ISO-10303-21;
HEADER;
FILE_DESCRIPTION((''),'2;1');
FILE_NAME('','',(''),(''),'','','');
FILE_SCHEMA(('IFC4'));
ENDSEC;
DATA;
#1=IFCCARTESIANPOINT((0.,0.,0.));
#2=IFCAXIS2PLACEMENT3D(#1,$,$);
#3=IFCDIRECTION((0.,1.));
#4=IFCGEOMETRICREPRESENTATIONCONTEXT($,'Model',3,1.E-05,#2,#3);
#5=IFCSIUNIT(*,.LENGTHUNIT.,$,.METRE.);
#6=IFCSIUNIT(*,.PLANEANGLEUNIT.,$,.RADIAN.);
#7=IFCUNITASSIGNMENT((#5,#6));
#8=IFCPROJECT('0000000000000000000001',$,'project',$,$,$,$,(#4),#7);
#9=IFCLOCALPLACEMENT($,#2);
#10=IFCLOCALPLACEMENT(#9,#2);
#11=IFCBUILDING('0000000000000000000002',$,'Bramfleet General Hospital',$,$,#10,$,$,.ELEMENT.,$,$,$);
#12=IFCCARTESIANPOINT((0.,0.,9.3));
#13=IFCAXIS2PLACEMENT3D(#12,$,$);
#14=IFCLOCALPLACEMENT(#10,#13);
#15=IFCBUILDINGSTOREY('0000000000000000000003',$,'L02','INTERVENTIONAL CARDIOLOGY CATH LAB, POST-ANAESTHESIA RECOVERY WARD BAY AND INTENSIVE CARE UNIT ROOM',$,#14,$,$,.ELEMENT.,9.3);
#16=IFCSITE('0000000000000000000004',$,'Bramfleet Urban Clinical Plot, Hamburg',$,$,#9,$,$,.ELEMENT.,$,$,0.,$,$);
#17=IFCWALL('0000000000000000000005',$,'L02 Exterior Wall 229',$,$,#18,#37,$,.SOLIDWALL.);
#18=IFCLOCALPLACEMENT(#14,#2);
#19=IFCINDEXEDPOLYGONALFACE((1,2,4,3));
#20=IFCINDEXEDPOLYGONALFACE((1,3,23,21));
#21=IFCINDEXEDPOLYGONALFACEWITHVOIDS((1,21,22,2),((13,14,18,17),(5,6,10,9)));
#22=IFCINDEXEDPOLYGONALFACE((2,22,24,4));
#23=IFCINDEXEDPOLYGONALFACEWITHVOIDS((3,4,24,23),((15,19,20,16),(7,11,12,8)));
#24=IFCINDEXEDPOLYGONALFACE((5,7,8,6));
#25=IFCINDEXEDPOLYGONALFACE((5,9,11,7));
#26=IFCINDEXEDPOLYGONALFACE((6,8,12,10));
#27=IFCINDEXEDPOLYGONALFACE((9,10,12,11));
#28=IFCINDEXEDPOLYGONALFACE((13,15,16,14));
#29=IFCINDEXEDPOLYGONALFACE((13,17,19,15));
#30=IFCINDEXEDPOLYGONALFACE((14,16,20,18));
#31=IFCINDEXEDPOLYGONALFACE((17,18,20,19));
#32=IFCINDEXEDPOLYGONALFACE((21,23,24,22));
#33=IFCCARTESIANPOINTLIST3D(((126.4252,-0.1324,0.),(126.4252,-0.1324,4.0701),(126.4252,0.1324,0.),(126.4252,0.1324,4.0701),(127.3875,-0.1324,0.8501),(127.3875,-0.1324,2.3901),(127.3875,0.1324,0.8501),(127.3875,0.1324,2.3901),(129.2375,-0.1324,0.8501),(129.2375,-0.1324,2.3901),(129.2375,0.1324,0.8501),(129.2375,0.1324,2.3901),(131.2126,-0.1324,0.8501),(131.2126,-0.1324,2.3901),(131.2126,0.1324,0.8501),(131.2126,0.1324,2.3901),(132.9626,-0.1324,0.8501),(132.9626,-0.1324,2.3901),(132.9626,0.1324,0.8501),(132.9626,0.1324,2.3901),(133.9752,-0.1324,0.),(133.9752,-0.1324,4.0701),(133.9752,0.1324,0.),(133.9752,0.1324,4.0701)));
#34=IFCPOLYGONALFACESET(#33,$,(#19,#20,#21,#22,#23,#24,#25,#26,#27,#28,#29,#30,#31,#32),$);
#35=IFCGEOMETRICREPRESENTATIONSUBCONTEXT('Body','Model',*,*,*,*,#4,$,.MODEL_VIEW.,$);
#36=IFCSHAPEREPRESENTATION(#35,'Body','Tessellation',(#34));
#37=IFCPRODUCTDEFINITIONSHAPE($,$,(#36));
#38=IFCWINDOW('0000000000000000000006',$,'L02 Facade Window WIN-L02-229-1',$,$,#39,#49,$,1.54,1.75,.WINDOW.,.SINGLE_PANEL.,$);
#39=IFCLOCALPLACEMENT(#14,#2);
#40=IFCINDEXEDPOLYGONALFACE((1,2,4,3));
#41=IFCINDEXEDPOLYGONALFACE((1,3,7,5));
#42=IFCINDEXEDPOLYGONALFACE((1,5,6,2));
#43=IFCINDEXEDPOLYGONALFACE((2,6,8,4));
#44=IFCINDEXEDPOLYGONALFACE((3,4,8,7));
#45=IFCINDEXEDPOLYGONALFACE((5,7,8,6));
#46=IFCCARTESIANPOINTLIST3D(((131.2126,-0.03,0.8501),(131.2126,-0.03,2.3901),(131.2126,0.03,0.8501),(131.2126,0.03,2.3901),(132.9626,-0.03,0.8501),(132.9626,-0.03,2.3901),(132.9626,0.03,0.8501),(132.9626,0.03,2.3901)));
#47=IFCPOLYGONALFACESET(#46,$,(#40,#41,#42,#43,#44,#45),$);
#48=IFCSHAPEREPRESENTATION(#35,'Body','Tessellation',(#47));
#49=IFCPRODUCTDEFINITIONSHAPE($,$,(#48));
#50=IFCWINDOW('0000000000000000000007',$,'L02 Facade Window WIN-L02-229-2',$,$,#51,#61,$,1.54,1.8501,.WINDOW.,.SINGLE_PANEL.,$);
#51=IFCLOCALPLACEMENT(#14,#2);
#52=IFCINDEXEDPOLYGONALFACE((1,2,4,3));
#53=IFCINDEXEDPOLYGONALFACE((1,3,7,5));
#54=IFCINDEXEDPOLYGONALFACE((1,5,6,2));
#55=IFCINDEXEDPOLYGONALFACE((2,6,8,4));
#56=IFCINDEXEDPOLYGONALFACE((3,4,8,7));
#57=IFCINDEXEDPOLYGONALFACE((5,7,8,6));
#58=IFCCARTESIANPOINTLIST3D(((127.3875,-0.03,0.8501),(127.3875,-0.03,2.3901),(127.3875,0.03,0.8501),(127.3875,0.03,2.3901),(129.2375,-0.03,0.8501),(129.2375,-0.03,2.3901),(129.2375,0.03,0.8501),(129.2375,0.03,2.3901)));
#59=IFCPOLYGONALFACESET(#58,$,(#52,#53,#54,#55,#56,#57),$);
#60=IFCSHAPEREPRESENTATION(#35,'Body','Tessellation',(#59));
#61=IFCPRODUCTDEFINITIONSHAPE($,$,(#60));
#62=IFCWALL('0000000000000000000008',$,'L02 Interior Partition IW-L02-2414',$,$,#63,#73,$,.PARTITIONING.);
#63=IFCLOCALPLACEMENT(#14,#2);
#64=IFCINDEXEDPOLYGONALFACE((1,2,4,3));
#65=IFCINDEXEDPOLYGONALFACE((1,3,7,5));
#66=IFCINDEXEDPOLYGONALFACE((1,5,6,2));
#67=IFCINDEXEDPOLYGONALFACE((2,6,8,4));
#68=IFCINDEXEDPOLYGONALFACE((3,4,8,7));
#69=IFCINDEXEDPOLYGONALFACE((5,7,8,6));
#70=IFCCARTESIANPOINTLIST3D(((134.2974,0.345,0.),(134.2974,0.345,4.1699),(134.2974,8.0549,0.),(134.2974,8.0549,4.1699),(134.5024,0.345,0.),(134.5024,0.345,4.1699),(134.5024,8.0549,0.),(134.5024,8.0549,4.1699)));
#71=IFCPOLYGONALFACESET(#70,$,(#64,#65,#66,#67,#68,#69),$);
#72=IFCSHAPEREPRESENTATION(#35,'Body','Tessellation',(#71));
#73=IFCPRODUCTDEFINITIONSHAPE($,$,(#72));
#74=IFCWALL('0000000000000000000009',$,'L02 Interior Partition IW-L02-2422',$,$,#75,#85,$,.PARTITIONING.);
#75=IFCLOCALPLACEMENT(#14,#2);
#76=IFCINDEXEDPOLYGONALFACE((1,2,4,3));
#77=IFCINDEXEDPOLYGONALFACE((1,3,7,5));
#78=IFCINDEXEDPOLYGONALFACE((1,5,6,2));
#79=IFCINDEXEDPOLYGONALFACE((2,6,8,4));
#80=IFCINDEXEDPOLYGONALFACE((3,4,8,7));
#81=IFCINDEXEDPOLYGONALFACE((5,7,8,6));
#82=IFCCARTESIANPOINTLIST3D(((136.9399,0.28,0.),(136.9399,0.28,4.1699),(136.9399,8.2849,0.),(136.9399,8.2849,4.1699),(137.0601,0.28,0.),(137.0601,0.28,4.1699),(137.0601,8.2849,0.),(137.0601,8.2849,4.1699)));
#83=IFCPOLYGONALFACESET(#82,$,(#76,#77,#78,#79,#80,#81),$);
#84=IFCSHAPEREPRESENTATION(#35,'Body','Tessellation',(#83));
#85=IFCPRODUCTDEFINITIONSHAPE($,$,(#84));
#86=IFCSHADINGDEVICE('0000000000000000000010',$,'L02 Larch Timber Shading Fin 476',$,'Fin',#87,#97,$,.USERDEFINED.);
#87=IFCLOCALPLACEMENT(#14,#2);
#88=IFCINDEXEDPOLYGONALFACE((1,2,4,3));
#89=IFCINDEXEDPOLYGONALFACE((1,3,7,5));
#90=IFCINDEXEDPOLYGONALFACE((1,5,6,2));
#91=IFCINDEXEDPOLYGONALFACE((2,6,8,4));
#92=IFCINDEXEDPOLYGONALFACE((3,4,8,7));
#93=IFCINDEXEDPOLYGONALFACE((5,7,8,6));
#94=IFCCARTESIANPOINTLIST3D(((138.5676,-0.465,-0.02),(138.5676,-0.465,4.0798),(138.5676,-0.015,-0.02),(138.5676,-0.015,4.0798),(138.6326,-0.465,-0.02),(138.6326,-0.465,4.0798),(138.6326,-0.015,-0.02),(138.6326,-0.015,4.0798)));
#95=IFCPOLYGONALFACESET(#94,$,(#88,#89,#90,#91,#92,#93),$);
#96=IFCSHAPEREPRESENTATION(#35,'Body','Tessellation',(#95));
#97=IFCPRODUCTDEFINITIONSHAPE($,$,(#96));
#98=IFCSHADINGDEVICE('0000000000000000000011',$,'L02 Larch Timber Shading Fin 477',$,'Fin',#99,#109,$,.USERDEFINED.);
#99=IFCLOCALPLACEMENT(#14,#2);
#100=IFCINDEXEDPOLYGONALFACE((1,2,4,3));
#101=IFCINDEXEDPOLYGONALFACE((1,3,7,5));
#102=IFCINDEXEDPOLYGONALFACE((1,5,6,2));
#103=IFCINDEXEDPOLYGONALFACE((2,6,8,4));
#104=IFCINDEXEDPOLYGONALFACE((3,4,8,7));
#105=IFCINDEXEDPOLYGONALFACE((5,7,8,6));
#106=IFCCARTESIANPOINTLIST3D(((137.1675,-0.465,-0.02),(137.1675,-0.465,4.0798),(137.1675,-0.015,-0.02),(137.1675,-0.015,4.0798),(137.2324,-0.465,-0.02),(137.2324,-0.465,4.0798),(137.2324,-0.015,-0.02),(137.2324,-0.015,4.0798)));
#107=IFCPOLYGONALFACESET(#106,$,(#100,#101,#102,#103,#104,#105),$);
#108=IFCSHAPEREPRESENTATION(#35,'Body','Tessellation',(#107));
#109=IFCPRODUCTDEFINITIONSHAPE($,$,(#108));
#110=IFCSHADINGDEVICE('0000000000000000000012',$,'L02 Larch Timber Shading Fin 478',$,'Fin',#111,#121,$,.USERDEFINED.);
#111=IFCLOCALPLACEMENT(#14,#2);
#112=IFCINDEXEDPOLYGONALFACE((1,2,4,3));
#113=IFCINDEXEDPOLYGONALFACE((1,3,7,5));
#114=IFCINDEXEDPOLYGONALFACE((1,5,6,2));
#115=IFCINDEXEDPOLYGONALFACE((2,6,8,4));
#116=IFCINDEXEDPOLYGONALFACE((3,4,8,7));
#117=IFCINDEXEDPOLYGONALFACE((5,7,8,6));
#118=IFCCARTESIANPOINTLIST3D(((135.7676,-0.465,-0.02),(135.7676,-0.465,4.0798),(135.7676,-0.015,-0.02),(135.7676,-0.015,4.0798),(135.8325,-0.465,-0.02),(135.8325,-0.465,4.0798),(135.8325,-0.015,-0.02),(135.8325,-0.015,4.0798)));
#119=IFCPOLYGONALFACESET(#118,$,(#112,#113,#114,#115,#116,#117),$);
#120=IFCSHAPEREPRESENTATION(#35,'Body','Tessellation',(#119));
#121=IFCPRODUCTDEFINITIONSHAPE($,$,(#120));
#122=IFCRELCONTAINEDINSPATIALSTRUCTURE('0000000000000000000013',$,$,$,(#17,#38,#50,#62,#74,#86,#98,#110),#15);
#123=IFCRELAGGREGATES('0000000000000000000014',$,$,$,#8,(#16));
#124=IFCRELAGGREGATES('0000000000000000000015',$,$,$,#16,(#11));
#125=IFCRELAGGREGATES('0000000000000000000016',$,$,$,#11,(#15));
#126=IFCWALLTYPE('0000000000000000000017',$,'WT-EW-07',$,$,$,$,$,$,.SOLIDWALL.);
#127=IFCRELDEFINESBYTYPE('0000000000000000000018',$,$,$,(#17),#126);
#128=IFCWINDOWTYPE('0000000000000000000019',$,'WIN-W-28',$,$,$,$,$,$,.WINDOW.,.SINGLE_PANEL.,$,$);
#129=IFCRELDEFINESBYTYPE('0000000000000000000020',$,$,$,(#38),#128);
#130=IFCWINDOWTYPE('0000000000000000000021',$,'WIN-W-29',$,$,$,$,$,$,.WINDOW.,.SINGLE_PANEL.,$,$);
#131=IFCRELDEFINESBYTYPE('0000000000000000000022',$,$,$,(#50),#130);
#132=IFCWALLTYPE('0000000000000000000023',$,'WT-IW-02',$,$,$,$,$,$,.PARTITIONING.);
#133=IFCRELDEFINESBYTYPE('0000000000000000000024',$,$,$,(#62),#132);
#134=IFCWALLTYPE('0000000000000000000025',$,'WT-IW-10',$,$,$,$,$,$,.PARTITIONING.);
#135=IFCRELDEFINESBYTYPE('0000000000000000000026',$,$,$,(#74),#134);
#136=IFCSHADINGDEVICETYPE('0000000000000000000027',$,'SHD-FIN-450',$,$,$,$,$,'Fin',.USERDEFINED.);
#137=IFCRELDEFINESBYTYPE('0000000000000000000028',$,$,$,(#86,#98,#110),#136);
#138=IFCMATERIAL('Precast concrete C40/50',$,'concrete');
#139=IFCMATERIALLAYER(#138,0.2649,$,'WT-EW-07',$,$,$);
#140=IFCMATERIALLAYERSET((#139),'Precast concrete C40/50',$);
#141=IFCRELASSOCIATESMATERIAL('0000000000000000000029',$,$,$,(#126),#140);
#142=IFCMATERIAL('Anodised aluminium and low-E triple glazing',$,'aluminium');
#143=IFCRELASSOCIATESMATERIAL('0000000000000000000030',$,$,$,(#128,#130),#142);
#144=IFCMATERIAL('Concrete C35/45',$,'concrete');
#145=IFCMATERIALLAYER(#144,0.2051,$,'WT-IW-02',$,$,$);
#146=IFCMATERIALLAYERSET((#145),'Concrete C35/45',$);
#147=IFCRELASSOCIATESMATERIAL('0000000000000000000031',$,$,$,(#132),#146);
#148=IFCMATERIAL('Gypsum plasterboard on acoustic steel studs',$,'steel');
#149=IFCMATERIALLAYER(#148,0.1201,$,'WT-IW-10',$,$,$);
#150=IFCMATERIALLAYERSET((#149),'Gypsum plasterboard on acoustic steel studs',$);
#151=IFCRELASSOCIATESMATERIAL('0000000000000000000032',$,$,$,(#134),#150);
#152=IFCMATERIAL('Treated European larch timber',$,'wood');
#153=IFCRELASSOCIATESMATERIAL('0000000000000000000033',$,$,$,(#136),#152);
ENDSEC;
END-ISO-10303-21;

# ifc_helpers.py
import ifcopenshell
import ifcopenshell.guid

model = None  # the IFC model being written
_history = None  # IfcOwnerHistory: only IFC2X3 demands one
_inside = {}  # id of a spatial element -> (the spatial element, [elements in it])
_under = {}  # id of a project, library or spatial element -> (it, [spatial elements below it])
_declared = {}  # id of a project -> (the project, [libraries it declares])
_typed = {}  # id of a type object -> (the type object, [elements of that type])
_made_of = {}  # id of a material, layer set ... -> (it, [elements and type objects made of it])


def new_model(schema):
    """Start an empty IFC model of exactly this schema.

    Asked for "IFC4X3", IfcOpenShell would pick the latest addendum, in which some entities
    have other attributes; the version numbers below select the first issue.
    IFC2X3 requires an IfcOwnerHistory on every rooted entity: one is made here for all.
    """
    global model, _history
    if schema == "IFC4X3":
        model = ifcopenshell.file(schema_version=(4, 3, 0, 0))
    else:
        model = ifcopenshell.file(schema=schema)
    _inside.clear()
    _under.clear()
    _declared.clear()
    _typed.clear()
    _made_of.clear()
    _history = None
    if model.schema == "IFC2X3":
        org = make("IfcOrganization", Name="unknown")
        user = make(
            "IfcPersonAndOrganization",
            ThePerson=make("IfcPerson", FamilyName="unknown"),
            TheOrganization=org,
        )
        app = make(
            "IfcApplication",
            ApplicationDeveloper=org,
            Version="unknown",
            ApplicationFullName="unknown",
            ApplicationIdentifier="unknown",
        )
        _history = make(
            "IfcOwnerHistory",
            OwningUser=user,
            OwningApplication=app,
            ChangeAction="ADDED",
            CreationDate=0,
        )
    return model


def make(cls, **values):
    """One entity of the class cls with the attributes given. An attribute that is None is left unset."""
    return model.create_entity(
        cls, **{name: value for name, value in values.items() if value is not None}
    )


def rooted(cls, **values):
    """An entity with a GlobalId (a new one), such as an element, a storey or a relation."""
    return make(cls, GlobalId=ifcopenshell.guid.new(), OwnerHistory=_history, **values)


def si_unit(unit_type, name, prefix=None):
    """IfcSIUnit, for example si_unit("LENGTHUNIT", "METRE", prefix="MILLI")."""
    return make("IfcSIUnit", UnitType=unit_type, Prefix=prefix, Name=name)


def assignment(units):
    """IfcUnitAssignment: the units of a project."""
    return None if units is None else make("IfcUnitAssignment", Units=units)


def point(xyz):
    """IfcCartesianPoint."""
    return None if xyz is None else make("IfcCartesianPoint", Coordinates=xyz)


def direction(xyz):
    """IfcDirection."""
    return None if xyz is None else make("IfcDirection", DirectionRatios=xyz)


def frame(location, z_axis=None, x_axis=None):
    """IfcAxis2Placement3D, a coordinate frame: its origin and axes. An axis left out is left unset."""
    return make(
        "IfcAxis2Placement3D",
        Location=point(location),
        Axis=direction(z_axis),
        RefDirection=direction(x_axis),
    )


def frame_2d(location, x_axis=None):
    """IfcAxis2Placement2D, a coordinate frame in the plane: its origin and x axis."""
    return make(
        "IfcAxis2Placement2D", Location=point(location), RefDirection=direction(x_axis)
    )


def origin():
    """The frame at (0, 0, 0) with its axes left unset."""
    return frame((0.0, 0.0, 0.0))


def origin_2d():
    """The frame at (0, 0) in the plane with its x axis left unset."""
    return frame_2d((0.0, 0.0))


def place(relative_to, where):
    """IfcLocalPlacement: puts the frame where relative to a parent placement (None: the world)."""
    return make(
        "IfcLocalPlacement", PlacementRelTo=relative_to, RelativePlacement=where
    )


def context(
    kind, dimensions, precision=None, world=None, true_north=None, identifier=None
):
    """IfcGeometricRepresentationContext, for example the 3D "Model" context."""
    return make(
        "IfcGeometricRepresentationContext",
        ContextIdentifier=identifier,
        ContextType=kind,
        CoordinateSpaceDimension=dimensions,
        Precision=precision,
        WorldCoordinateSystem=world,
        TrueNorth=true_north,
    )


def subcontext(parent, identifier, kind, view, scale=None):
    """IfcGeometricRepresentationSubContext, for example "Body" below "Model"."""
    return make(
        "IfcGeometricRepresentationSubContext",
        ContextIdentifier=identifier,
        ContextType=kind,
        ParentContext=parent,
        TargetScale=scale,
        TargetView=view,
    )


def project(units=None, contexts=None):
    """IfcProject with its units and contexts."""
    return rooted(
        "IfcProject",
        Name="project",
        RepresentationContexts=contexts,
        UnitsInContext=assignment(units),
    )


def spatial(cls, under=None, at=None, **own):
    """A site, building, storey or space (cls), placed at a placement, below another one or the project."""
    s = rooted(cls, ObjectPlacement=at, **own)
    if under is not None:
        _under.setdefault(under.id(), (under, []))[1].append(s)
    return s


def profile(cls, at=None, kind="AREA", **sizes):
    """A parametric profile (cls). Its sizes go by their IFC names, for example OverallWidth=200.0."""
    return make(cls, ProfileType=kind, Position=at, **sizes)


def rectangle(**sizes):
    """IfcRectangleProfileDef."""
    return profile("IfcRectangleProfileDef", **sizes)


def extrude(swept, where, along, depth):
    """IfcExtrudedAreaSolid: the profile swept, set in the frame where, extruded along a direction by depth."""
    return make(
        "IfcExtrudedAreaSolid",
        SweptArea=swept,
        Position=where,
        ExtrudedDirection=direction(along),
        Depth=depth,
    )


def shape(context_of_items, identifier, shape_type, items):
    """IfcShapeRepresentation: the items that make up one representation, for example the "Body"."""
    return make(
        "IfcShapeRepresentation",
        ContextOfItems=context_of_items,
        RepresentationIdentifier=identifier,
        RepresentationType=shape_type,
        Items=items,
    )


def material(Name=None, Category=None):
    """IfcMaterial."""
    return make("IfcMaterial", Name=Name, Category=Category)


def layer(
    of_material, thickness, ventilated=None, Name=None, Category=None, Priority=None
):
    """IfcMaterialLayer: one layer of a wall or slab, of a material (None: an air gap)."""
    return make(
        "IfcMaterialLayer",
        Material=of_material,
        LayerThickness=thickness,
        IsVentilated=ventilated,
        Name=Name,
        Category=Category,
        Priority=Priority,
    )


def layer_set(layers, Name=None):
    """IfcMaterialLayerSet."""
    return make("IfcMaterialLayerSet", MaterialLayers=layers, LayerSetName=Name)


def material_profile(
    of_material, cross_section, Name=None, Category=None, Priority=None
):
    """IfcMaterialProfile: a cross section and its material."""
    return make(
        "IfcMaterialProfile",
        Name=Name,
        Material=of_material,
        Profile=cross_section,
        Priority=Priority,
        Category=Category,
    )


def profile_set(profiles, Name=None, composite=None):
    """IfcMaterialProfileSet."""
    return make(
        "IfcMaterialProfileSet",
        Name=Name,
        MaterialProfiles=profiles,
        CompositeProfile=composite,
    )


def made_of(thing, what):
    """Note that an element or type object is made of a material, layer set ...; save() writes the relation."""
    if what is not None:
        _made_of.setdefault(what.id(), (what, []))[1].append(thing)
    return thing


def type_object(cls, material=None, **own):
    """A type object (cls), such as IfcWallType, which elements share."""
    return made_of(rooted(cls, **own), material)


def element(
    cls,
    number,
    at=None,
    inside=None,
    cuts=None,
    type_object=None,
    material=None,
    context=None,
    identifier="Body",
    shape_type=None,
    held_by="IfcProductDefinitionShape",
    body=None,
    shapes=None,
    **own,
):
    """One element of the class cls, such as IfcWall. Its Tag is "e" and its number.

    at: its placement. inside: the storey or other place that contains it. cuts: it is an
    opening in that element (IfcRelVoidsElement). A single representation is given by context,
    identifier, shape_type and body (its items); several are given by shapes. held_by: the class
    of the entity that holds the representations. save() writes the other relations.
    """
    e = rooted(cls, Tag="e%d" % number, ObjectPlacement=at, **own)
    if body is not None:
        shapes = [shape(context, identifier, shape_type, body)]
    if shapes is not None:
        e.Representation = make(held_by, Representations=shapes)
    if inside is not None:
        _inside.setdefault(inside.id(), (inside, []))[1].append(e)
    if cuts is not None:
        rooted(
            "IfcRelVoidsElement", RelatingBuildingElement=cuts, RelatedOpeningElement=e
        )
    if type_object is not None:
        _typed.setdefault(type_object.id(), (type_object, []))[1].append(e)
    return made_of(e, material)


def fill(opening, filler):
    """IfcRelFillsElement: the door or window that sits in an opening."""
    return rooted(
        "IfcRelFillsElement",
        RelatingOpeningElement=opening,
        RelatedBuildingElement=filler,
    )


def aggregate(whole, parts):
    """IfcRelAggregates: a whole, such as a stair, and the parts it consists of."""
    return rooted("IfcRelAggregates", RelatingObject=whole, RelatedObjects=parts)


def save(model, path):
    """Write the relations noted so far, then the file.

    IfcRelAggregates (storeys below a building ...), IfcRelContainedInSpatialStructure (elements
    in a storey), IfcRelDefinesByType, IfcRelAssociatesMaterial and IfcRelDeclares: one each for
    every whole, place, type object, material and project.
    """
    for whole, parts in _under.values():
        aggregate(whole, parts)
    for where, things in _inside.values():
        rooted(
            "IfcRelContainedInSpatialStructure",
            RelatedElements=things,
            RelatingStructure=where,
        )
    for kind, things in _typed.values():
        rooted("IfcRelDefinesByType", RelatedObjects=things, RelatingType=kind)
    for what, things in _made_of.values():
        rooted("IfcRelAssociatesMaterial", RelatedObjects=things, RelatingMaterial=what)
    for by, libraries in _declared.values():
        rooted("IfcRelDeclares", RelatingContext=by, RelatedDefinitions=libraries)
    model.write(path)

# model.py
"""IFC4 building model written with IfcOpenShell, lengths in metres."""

from ifc_helpers import new_model, si_unit, direction, frame, frame_2d, origin, origin_2d, place, context, subcontext, project, spatial, rectangle, extrude, material, layer, layer_set, material_profile, profile_set, type_object, element, fill, save


model = new_model("IFC4")

# Units and contexts
model_context = context("Model", 3, precision=1e-05, world=origin(), true_north=direction((0.0, 1.0)))
body_context = subcontext(model_context, "Body", "Model", "MODEL_VIEW")
ifc_project = project(units=[si_unit("LENGTHUNIT", "METRE"), si_unit("PLANEANGLEUNIT", "RADIAN")], contexts=[model_context])

# Site, building, storey
site_placement = place(None, origin())
site = spatial("IfcSite", under=ifc_project, at=site_placement, Name="Bramfleet Urban Clinical Plot, Hamburg", CompositionType="ELEMENT", RefElevation=0.0)
building_placement = place(site_placement, origin())
building = spatial("IfcBuilding", under=site, at=building_placement, Name="Bramfleet General Hospital", CompositionType="ELEMENT")
storey_placement = place(building_placement, frame((0.0, 0.0, 9.3)))
storey = spatial("IfcBuildingStorey", under=building, at=storey_placement, Name="L02", Description="INTERVENTIONAL CARDIOLOGY CATH LAB, POST-ANAESTHESIA RECOVERY WARD BAY AND INTENSIVE CARE UNIT ROOM", CompositionType="ELEMENT", Elevation=9.3)

# Shared definitions
ifc_material_1 = material(Name="Concrete C35/45", Category="concrete")

# Shared definitions
ifc_material_2 = material(Name="Anodised aluminium and low-E triple glazing", Category="aluminium")

# Wall, openings, windows
ifc_material_3 = material(Name="Precast concrete C40/50", Category="concrete")
ifc_layer_1 = layer(ifc_material_3, 0.2649, Name="WT-EW-07")
ifc_layer_set_1 = layer_set([ifc_layer_1], Name="Precast concrete C40/50")
wall_type_1 = type_object("IfcWallType", Name="WT-EW-07", PredefinedType="SOLIDWALL", material=ifc_layer_set_1)
wall_1_placement = place(storey_placement, frame((133.9751, 0.0, 0.0), z_axis=(0.0, 0.0, 1.0), x_axis=(-1.0, 0.0, 0.0)))
wall_1 = element("IfcWall", 1, at=wall_1_placement, inside=storey, type_object=wall_type_1, Name="L02 Exterior Wall 229", PredefinedType="SOLIDWALL", context=body_context, shape_type="SweptSolid", body=[
    extrude(rectangle(XDim=7.55, YDim=0.2649, at=frame_2d((3.7749, 0.0))), origin(), (0.0, 0.0, 1.0), 4.0701),
])
opening_1_placement = place(wall_1_placement, frame((1.0125, 0.0, 0.8501)))
opening_1 = element("IfcOpeningElement", 2, at=opening_1_placement, cuts=wall_1, PredefinedType="OPENING", context=body_context, shape_type="SweptSolid", body=[
    extrude(rectangle(XDim=1.75, YDim=1.54, at=frame_2d((0.875, 0.77))), frame((0.0, 0.1423, 0.0), z_axis=(0.0, -1.0, 0.0), x_axis=(1.0, 0.0, 0.0)), (0.0, 0.0, 1.0), 0.2849),
])
opening_2_placement = place(wall_1_placement, frame((4.7375, 0.0, 0.8501)))
opening_2 = element("IfcOpeningElement", 3, at=opening_2_placement, cuts=wall_1, PredefinedType="OPENING", context=body_context, shape_type="SweptSolid", body=[
    extrude(rectangle(XDim=1.8501, YDim=1.54, at=frame_2d((0.925, 0.77))), frame((0.0, 0.1423, 0.0), z_axis=(0.0, -1.0, 0.0), x_axis=(1.0, 0.0, 0.0)), (0.0, 0.0, 1.0), 0.2849),
])
window_type_1 = type_object("IfcWindowType", Name="WIN-W-28", PartitioningType="SINGLE_PANEL", PredefinedType="WINDOW", material=ifc_material_2)
window_1_placement = place(opening_1_placement, origin())
window_1 = element("IfcWindow", 4, at=window_1_placement, inside=storey, type_object=window_type_1, Name="L02 Facade Window WIN-L02-229-1", OverallHeight=1.54, OverallWidth=1.75, PartitioningType="SINGLE_PANEL", PredefinedType="WINDOW", context=body_context, shape_type="SweptSolid", body=[
    extrude(rectangle(XDim=1.75, YDim=1.54, at=frame_2d((0.875, 0.77))), frame((0.0, 0.03, 0.0), z_axis=(0.0, -1.0, 0.0), x_axis=(1.0, 0.0, 0.0)), (0.0, 0.0, 1.0), 0.0601),
])
fill(opening_1, window_1)
window_type_2 = type_object("IfcWindowType", Name="WIN-W-29", PartitioningType="SINGLE_PANEL", PredefinedType="WINDOW", material=ifc_material_2)
window_2_placement = place(opening_2_placement, origin())
window_2 = element("IfcWindow", 5, at=window_2_placement, inside=storey, type_object=window_type_2, Name="L02 Facade Window WIN-L02-229-2", OverallHeight=1.54, OverallWidth=1.8501, PartitioningType="SINGLE_PANEL", PredefinedType="WINDOW", context=body_context, shape_type="SweptSolid", body=[
    extrude(rectangle(XDim=1.8501, YDim=1.54, at=frame_2d((0.925, 0.77))), frame((0.0, 0.03, 0.0), z_axis=(0.0, -1.0, 0.0), x_axis=(1.0, 0.0, 0.0)), (0.0, 0.0, 1.0), 0.0601),
])
fill(opening_2, window_2)

# Walls
ifc_layer_2 = layer(ifc_material_1, 0.2051, Name="WT-IW-02")
ifc_layer_set_2 = layer_set([ifc_layer_2], Name="Concrete C35/45")
wall_type_2 = type_object("IfcWallType", Name="WT-IW-02", PredefinedType="PARTITIONING", material=ifc_layer_set_2)
wall_2_placement = place(storey_placement, frame((134.3999, 0.345, 0.0), z_axis=(0.0, 0.0, 1.0), x_axis=(0.0, 1.0, 0.0)))
element("IfcWall", 6, at=wall_2_placement, inside=storey, type_object=wall_type_2, Name="L02 Interior Partition IW-L02-2414", PredefinedType="PARTITIONING", context=body_context, shape_type="SweptSolid", body=[
    extrude(rectangle(XDim=7.71, YDim=0.2051, at=frame_2d((3.855, 0.0))), origin(), (0.0, 0.0, 1.0), 4.1699),
])
ifc_material_4 = material(Name="Gypsum plasterboard on acoustic steel studs", Category="steel")
ifc_layer_3 = layer(ifc_material_4, 0.1201, Name="WT-IW-10")
ifc_layer_set_3 = layer_set([ifc_layer_3], Name="Gypsum plasterboard on acoustic steel studs")
wall_type_3 = type_object("IfcWallType", Name="WT-IW-10", PredefinedType="PARTITIONING", material=ifc_layer_set_3)
wall_3_placement = place(storey_placement, frame((137.0, 0.28, 0.0), z_axis=(0.0, 0.0, 1.0), x_axis=(0.0, 1.0, 0.0)))
element("IfcWall", 7, at=wall_3_placement, inside=storey, type_object=wall_type_3, Name="L02 Interior Partition IW-L02-2422", PredefinedType="PARTITIONING", context=body_context, shape_type="SweptSolid", body=[
    extrude(rectangle(XDim=8.0049, YDim=0.1201, at=frame_2d((4.0024, 0.0))), origin(), (0.0, 0.0, 1.0), 4.1699),
])

# Shading devices
ifc_material_5 = material(Name="Treated European larch timber", Category="wood")
ifc_material_profile_1 = material_profile(ifc_material_5, rectangle(XDim=0.0649, YDim=0.45, at=origin_2d()), Name="LARCH FIN 450x65")
ifc_profile_set_1 = profile_set([ifc_material_profile_1], Name="Treated European larch timber")
shading_device_type = type_object("IfcShadingDeviceType", Name="SHD-FIN-450", ElementType="Fin", PredefinedType="USERDEFINED", material=ifc_profile_set_1)
for number, where, z_axis, x_axis, name in (
    (8, (138.6001, -0.24, -0.02), (0.0, 0.0, 1.0), (-1.0, 0.0, 0.0), "L02 Larch Timber Shading Fin 476"),
    (9, (137.2, -0.24, -0.02), (0.0, 0.0, 1.0), (-1.0, 0.0, 0.0), "L02 Larch Timber Shading Fin 477"),
    (10, (135.8, -0.24, -0.02), (0.0, 0.0, 1.0), (-1.0, 0.0, 0.0), "L02 Larch Timber Shading Fin 478"),
):
    element("IfcShadingDevice", number, at=place(storey_placement, frame(where, z_axis=z_axis, x_axis=x_axis)), inside=storey, type_object=shading_device_type, Name=name, ObjectType="Fin", PredefinedType="USERDEFINED", context=body_context, shape_type="SweptSolid", body=[
        extrude(rectangle(XDim=0.0649, YDim=0.45, at=origin_2d()), origin(), (0.0, 0.0, 1.0), 4.0999),
    ])

save(model, "model.ifc")
